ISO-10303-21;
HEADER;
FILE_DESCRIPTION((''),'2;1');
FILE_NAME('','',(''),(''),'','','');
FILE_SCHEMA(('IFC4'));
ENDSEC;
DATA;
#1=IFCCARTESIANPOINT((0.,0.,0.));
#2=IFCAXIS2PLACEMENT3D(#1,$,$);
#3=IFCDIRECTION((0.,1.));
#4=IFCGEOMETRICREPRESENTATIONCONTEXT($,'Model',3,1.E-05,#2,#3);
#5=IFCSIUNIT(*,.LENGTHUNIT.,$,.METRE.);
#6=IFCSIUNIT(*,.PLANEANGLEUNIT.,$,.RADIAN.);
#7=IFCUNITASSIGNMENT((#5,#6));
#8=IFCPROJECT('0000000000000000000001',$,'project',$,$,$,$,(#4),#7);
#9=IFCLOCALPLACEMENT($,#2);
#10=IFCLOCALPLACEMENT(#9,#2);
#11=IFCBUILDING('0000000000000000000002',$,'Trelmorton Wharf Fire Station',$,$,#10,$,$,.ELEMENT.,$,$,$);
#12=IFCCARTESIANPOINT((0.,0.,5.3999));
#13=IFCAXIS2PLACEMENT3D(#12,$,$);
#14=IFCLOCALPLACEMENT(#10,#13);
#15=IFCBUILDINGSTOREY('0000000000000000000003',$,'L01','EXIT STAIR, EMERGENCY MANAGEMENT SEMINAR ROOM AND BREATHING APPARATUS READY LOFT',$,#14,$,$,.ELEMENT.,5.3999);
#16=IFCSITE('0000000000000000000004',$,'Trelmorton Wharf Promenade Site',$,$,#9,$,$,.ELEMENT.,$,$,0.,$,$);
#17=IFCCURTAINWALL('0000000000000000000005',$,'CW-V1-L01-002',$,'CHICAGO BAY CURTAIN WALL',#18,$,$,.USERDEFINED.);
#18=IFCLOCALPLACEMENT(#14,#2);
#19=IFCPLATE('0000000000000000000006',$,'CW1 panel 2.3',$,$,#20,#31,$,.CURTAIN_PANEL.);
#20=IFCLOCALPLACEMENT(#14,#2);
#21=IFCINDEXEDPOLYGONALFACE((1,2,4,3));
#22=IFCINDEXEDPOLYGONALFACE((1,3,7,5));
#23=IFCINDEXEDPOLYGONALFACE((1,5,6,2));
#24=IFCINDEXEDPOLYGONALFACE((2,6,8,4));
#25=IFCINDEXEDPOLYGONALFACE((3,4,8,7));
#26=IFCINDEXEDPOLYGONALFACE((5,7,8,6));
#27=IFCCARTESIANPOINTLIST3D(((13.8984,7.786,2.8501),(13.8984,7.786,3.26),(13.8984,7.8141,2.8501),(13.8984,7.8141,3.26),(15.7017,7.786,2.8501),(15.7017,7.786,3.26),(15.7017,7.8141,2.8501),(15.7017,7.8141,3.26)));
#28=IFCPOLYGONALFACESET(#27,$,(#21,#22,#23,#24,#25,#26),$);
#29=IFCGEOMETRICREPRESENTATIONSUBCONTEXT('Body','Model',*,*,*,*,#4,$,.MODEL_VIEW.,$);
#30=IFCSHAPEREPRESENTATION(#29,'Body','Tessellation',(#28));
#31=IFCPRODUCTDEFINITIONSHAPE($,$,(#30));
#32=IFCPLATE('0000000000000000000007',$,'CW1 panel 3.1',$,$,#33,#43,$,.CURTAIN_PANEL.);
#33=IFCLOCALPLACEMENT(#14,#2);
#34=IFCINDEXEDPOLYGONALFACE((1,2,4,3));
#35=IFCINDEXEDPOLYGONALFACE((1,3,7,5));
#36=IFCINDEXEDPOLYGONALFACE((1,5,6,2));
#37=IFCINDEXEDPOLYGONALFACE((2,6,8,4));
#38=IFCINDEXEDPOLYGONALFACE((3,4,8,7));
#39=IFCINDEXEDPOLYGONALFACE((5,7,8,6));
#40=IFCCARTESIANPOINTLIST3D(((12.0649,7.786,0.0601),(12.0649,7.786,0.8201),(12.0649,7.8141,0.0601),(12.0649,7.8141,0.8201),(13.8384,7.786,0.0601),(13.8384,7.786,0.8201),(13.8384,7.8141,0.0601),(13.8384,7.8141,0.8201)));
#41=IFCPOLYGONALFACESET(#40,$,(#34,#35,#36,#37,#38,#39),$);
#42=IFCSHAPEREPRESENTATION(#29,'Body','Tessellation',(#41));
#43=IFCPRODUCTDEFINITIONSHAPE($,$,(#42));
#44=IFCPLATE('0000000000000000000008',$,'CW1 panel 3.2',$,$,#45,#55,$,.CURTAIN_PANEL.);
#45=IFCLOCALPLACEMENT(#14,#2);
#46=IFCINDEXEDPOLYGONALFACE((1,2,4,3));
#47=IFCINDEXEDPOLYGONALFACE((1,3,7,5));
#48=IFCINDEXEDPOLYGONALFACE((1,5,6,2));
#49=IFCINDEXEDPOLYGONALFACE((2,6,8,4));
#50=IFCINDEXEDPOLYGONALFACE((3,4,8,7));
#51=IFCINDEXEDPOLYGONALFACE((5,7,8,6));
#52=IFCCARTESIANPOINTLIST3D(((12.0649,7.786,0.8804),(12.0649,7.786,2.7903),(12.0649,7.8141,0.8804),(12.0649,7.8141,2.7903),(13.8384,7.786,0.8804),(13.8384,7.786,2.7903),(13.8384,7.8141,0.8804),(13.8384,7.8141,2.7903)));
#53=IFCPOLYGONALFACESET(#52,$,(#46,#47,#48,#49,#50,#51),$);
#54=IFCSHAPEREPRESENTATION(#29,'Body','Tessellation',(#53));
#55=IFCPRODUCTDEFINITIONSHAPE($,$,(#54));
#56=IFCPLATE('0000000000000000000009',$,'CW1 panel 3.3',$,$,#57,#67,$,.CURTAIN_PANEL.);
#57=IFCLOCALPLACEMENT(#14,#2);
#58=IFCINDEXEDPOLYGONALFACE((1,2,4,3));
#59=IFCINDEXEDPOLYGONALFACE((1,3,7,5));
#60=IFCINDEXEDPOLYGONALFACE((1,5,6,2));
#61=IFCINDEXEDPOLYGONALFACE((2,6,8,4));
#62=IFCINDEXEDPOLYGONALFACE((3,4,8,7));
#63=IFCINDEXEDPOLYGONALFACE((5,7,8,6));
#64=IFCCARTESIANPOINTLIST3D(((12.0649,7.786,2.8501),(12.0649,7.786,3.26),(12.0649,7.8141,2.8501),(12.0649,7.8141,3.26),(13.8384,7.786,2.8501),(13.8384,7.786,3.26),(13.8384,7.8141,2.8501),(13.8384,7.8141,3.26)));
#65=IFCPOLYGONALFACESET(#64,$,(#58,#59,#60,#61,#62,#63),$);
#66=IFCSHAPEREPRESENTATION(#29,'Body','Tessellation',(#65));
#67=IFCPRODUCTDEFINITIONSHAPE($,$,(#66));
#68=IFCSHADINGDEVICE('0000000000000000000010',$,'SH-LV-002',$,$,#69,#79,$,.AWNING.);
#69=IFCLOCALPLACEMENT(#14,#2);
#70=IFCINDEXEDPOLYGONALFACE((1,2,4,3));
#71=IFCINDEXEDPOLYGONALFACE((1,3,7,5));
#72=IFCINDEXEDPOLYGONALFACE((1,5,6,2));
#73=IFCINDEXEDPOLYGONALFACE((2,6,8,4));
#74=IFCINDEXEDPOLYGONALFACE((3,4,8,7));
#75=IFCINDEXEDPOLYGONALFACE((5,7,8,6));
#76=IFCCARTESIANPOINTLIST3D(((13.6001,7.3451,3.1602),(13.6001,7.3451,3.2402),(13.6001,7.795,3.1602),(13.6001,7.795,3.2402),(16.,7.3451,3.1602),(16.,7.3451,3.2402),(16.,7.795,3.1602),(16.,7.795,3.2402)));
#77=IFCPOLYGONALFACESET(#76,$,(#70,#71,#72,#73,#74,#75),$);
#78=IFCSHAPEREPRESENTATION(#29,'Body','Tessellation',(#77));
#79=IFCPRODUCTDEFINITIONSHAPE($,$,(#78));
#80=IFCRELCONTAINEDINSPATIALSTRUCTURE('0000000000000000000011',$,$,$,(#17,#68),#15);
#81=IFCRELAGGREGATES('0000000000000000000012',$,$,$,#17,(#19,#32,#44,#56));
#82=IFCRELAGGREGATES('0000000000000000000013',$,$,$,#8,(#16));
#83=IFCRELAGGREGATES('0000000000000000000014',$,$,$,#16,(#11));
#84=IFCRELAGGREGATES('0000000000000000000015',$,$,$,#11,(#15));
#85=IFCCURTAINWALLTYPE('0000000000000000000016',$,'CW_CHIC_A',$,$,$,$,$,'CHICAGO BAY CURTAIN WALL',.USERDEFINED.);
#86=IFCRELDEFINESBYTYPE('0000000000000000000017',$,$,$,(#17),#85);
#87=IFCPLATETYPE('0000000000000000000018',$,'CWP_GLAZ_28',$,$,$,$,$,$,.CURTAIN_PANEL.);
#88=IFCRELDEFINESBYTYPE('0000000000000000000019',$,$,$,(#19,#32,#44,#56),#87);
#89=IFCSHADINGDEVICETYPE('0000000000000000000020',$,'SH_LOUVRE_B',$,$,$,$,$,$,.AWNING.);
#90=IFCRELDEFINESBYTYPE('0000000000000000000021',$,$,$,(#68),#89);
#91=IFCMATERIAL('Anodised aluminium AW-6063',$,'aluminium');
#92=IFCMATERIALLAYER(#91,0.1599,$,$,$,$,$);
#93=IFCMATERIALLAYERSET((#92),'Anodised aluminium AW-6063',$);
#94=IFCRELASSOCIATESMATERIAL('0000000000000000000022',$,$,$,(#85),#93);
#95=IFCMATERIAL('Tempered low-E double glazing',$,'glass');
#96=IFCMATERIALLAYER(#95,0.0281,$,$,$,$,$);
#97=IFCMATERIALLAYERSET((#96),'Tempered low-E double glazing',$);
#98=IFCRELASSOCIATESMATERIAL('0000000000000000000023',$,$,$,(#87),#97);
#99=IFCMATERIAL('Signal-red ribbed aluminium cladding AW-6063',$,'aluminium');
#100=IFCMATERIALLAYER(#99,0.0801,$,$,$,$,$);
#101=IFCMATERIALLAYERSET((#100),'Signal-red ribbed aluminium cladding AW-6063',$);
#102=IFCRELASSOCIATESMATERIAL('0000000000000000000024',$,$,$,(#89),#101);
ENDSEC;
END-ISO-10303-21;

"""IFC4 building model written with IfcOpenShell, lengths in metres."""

from ifc_helpers import new_model, si_unit, direction, frame, origin, origin_2d, place, context, subcontext, project, spatial, rectangle, extrude, material, layer, layer_set, type_object, element, aggregate, save


model = new_model("IFC4")

# Units and contexts
model_context = context("Model", 3, precision=1e-05, world=origin(), true_north=direction((0.0, 1.0)))
body_context = subcontext(model_context, "Body", "Model", "MODEL_VIEW")
ifc_project = project(units=[si_unit("LENGTHUNIT", "METRE"), si_unit("PLANEANGLEUNIT", "RADIAN")], contexts=[model_context])

# Site, building, storey
site_placement = place(None, origin())
site = spatial("IfcSite", under=ifc_project, at=site_placement, Name="Trelmorton Wharf Promenade Site", CompositionType="ELEMENT", RefElevation=0.0)
building_placement = place(site_placement, origin())
building = spatial("IfcBuilding", under=site, at=building_placement, Name="Trelmorton Wharf Fire Station", CompositionType="ELEMENT")
storey_placement = place(building_placement, frame((0.0, 0.0, 5.3999)))
storey = spatial("IfcBuildingStorey", under=building, at=storey_placement, Name="L01", Description="EXIT STAIR, EMERGENCY MANAGEMENT SEMINAR ROOM AND BREATHING APPARATUS READY LOFT", CompositionType="ELEMENT", Elevation=5.3999)

# Curtain wall
ifc_material_1 = material(Name="Anodised aluminium AW-6063", Category="aluminium")
ifc_layer_1 = layer(ifc_material_1, 0.1599)
ifc_layer_set_1 = layer_set([ifc_layer_1], Name="Anodised aluminium AW-6063")
curtain_wall_type = type_object("IfcCurtainWallType", Name="CW_CHIC_A", ElementType="CHICAGO BAY CURTAIN WALL", PredefinedType="USERDEFINED", material=ifc_layer_set_1)
curtain_wall_placement = place(storey_placement, origin())
curtain_wall = element("IfcCurtainWall", 1, at=curtain_wall_placement, inside=storey, type_object=curtain_wall_type, Name="CW-V1-L01-002", ObjectType="CHICAGO BAY CURTAIN WALL", PredefinedType="USERDEFINED")

# Plates
ifc_material_2 = material(Name="Tempered low-E double glazing", Category="glass")
ifc_layer_2 = layer(ifc_material_2, 0.0281)
ifc_layer_set_2 = layer_set([ifc_layer_2], Name="Tempered low-E double glazing")
plate_type = type_object("IfcPlateType", Name="CWP_GLAZ_28", PredefinedType="CURTAIN_PANEL", material=ifc_layer_set_2)
plate_1_placement = place(storey_placement, frame((14.8, 7.8, 2.8501), z_axis=(0.0, 0.0, 1.0), x_axis=(-1.0, 0.0, 0.0)))
plate_1 = element("IfcPlate", 2, at=plate_1_placement, type_object=plate_type, Name="CW1 panel 2.3", PredefinedType="CURTAIN_PANEL", context=body_context, shape_type="SweptSolid", body=[
    extrude(rectangle(XDim=1.8032, YDim=0.0281, at=origin_2d()), origin(), (0.0, 0.0, 1.0), 0.4099),
])
plate_2_placement = place(storey_placement, frame((12.9517, 7.8, 0.0601), z_axis=(0.0, 0.0, 1.0), x_axis=(-1.0, 0.0, 0.0)))
plate_2 = element("IfcPlate", 3, at=plate_2_placement, type_object=plate_type, Name="CW1 panel 3.1", PredefinedType="CURTAIN_PANEL", context=body_context, shape_type="SweptSolid", body=[
    extrude(rectangle(XDim=1.7734, YDim=0.0281, at=origin_2d()), origin(), (0.0, 0.0, 1.0), 0.76),
])
plate_3_placement = place(storey_placement, frame((12.9517, 7.8, 0.8804), z_axis=(0.0, 0.0, 1.0), x_axis=(-1.0, 0.0, 0.0)))
plate_3 = element("IfcPlate", 4, at=plate_3_placement, type_object=plate_type, Name="CW1 panel 3.2", PredefinedType="CURTAIN_PANEL", context=body_context, shape_type="SweptSolid", body=[
    extrude(rectangle(XDim=1.7734, YDim=0.0281, at=origin_2d()), origin(), (0.0, 0.0, 1.0), 1.9099),
])
plate_4_placement = place(storey_placement, frame((12.9517, 7.8, 2.8501), z_axis=(0.0, 0.0, 1.0), x_axis=(-1.0, 0.0, 0.0)))
plate_4 = element("IfcPlate", 5, at=plate_4_placement, type_object=plate_type, Name="CW1 panel 3.3", PredefinedType="CURTAIN_PANEL", context=body_context, shape_type="SweptSolid", body=[
    extrude(rectangle(XDim=1.7734, YDim=0.0281, at=origin_2d()), origin(), (0.0, 0.0, 1.0), 0.4099),
])
aggregate(curtain_wall, [plate_1, plate_2, plate_3, plate_4])

# Shading device
ifc_material_3 = material(Name="Signal-red ribbed aluminium cladding AW-6063", Category="aluminium")
ifc_layer_3 = layer(ifc_material_3, 0.0801)
ifc_layer_set_3 = layer_set([ifc_layer_3], Name="Signal-red ribbed aluminium cladding AW-6063")
shading_device_type = type_object("IfcShadingDeviceType", Name="SH_LOUVRE_B", PredefinedType="AWNING", material=ifc_layer_set_3)
shading_device_placement = place(storey_placement, frame((14.8, 7.5701, 3.1602), z_axis=(0.0, 0.0, 1.0), x_axis=(-1.0, 0.0, 0.0)))
element("IfcShadingDevice", 6, at=shading_device_placement, inside=storey, type_object=shading_device_type, Name="SH-LV-002", PredefinedType="AWNING", context=body_context, shape_type="SweptSolid", body=[
    extrude(rectangle(XDim=2.3999, YDim=0.45, at=origin_2d()), origin(), (0.0, 0.0, 1.0), 0.0801),
])

save(model, "model.ifc")
